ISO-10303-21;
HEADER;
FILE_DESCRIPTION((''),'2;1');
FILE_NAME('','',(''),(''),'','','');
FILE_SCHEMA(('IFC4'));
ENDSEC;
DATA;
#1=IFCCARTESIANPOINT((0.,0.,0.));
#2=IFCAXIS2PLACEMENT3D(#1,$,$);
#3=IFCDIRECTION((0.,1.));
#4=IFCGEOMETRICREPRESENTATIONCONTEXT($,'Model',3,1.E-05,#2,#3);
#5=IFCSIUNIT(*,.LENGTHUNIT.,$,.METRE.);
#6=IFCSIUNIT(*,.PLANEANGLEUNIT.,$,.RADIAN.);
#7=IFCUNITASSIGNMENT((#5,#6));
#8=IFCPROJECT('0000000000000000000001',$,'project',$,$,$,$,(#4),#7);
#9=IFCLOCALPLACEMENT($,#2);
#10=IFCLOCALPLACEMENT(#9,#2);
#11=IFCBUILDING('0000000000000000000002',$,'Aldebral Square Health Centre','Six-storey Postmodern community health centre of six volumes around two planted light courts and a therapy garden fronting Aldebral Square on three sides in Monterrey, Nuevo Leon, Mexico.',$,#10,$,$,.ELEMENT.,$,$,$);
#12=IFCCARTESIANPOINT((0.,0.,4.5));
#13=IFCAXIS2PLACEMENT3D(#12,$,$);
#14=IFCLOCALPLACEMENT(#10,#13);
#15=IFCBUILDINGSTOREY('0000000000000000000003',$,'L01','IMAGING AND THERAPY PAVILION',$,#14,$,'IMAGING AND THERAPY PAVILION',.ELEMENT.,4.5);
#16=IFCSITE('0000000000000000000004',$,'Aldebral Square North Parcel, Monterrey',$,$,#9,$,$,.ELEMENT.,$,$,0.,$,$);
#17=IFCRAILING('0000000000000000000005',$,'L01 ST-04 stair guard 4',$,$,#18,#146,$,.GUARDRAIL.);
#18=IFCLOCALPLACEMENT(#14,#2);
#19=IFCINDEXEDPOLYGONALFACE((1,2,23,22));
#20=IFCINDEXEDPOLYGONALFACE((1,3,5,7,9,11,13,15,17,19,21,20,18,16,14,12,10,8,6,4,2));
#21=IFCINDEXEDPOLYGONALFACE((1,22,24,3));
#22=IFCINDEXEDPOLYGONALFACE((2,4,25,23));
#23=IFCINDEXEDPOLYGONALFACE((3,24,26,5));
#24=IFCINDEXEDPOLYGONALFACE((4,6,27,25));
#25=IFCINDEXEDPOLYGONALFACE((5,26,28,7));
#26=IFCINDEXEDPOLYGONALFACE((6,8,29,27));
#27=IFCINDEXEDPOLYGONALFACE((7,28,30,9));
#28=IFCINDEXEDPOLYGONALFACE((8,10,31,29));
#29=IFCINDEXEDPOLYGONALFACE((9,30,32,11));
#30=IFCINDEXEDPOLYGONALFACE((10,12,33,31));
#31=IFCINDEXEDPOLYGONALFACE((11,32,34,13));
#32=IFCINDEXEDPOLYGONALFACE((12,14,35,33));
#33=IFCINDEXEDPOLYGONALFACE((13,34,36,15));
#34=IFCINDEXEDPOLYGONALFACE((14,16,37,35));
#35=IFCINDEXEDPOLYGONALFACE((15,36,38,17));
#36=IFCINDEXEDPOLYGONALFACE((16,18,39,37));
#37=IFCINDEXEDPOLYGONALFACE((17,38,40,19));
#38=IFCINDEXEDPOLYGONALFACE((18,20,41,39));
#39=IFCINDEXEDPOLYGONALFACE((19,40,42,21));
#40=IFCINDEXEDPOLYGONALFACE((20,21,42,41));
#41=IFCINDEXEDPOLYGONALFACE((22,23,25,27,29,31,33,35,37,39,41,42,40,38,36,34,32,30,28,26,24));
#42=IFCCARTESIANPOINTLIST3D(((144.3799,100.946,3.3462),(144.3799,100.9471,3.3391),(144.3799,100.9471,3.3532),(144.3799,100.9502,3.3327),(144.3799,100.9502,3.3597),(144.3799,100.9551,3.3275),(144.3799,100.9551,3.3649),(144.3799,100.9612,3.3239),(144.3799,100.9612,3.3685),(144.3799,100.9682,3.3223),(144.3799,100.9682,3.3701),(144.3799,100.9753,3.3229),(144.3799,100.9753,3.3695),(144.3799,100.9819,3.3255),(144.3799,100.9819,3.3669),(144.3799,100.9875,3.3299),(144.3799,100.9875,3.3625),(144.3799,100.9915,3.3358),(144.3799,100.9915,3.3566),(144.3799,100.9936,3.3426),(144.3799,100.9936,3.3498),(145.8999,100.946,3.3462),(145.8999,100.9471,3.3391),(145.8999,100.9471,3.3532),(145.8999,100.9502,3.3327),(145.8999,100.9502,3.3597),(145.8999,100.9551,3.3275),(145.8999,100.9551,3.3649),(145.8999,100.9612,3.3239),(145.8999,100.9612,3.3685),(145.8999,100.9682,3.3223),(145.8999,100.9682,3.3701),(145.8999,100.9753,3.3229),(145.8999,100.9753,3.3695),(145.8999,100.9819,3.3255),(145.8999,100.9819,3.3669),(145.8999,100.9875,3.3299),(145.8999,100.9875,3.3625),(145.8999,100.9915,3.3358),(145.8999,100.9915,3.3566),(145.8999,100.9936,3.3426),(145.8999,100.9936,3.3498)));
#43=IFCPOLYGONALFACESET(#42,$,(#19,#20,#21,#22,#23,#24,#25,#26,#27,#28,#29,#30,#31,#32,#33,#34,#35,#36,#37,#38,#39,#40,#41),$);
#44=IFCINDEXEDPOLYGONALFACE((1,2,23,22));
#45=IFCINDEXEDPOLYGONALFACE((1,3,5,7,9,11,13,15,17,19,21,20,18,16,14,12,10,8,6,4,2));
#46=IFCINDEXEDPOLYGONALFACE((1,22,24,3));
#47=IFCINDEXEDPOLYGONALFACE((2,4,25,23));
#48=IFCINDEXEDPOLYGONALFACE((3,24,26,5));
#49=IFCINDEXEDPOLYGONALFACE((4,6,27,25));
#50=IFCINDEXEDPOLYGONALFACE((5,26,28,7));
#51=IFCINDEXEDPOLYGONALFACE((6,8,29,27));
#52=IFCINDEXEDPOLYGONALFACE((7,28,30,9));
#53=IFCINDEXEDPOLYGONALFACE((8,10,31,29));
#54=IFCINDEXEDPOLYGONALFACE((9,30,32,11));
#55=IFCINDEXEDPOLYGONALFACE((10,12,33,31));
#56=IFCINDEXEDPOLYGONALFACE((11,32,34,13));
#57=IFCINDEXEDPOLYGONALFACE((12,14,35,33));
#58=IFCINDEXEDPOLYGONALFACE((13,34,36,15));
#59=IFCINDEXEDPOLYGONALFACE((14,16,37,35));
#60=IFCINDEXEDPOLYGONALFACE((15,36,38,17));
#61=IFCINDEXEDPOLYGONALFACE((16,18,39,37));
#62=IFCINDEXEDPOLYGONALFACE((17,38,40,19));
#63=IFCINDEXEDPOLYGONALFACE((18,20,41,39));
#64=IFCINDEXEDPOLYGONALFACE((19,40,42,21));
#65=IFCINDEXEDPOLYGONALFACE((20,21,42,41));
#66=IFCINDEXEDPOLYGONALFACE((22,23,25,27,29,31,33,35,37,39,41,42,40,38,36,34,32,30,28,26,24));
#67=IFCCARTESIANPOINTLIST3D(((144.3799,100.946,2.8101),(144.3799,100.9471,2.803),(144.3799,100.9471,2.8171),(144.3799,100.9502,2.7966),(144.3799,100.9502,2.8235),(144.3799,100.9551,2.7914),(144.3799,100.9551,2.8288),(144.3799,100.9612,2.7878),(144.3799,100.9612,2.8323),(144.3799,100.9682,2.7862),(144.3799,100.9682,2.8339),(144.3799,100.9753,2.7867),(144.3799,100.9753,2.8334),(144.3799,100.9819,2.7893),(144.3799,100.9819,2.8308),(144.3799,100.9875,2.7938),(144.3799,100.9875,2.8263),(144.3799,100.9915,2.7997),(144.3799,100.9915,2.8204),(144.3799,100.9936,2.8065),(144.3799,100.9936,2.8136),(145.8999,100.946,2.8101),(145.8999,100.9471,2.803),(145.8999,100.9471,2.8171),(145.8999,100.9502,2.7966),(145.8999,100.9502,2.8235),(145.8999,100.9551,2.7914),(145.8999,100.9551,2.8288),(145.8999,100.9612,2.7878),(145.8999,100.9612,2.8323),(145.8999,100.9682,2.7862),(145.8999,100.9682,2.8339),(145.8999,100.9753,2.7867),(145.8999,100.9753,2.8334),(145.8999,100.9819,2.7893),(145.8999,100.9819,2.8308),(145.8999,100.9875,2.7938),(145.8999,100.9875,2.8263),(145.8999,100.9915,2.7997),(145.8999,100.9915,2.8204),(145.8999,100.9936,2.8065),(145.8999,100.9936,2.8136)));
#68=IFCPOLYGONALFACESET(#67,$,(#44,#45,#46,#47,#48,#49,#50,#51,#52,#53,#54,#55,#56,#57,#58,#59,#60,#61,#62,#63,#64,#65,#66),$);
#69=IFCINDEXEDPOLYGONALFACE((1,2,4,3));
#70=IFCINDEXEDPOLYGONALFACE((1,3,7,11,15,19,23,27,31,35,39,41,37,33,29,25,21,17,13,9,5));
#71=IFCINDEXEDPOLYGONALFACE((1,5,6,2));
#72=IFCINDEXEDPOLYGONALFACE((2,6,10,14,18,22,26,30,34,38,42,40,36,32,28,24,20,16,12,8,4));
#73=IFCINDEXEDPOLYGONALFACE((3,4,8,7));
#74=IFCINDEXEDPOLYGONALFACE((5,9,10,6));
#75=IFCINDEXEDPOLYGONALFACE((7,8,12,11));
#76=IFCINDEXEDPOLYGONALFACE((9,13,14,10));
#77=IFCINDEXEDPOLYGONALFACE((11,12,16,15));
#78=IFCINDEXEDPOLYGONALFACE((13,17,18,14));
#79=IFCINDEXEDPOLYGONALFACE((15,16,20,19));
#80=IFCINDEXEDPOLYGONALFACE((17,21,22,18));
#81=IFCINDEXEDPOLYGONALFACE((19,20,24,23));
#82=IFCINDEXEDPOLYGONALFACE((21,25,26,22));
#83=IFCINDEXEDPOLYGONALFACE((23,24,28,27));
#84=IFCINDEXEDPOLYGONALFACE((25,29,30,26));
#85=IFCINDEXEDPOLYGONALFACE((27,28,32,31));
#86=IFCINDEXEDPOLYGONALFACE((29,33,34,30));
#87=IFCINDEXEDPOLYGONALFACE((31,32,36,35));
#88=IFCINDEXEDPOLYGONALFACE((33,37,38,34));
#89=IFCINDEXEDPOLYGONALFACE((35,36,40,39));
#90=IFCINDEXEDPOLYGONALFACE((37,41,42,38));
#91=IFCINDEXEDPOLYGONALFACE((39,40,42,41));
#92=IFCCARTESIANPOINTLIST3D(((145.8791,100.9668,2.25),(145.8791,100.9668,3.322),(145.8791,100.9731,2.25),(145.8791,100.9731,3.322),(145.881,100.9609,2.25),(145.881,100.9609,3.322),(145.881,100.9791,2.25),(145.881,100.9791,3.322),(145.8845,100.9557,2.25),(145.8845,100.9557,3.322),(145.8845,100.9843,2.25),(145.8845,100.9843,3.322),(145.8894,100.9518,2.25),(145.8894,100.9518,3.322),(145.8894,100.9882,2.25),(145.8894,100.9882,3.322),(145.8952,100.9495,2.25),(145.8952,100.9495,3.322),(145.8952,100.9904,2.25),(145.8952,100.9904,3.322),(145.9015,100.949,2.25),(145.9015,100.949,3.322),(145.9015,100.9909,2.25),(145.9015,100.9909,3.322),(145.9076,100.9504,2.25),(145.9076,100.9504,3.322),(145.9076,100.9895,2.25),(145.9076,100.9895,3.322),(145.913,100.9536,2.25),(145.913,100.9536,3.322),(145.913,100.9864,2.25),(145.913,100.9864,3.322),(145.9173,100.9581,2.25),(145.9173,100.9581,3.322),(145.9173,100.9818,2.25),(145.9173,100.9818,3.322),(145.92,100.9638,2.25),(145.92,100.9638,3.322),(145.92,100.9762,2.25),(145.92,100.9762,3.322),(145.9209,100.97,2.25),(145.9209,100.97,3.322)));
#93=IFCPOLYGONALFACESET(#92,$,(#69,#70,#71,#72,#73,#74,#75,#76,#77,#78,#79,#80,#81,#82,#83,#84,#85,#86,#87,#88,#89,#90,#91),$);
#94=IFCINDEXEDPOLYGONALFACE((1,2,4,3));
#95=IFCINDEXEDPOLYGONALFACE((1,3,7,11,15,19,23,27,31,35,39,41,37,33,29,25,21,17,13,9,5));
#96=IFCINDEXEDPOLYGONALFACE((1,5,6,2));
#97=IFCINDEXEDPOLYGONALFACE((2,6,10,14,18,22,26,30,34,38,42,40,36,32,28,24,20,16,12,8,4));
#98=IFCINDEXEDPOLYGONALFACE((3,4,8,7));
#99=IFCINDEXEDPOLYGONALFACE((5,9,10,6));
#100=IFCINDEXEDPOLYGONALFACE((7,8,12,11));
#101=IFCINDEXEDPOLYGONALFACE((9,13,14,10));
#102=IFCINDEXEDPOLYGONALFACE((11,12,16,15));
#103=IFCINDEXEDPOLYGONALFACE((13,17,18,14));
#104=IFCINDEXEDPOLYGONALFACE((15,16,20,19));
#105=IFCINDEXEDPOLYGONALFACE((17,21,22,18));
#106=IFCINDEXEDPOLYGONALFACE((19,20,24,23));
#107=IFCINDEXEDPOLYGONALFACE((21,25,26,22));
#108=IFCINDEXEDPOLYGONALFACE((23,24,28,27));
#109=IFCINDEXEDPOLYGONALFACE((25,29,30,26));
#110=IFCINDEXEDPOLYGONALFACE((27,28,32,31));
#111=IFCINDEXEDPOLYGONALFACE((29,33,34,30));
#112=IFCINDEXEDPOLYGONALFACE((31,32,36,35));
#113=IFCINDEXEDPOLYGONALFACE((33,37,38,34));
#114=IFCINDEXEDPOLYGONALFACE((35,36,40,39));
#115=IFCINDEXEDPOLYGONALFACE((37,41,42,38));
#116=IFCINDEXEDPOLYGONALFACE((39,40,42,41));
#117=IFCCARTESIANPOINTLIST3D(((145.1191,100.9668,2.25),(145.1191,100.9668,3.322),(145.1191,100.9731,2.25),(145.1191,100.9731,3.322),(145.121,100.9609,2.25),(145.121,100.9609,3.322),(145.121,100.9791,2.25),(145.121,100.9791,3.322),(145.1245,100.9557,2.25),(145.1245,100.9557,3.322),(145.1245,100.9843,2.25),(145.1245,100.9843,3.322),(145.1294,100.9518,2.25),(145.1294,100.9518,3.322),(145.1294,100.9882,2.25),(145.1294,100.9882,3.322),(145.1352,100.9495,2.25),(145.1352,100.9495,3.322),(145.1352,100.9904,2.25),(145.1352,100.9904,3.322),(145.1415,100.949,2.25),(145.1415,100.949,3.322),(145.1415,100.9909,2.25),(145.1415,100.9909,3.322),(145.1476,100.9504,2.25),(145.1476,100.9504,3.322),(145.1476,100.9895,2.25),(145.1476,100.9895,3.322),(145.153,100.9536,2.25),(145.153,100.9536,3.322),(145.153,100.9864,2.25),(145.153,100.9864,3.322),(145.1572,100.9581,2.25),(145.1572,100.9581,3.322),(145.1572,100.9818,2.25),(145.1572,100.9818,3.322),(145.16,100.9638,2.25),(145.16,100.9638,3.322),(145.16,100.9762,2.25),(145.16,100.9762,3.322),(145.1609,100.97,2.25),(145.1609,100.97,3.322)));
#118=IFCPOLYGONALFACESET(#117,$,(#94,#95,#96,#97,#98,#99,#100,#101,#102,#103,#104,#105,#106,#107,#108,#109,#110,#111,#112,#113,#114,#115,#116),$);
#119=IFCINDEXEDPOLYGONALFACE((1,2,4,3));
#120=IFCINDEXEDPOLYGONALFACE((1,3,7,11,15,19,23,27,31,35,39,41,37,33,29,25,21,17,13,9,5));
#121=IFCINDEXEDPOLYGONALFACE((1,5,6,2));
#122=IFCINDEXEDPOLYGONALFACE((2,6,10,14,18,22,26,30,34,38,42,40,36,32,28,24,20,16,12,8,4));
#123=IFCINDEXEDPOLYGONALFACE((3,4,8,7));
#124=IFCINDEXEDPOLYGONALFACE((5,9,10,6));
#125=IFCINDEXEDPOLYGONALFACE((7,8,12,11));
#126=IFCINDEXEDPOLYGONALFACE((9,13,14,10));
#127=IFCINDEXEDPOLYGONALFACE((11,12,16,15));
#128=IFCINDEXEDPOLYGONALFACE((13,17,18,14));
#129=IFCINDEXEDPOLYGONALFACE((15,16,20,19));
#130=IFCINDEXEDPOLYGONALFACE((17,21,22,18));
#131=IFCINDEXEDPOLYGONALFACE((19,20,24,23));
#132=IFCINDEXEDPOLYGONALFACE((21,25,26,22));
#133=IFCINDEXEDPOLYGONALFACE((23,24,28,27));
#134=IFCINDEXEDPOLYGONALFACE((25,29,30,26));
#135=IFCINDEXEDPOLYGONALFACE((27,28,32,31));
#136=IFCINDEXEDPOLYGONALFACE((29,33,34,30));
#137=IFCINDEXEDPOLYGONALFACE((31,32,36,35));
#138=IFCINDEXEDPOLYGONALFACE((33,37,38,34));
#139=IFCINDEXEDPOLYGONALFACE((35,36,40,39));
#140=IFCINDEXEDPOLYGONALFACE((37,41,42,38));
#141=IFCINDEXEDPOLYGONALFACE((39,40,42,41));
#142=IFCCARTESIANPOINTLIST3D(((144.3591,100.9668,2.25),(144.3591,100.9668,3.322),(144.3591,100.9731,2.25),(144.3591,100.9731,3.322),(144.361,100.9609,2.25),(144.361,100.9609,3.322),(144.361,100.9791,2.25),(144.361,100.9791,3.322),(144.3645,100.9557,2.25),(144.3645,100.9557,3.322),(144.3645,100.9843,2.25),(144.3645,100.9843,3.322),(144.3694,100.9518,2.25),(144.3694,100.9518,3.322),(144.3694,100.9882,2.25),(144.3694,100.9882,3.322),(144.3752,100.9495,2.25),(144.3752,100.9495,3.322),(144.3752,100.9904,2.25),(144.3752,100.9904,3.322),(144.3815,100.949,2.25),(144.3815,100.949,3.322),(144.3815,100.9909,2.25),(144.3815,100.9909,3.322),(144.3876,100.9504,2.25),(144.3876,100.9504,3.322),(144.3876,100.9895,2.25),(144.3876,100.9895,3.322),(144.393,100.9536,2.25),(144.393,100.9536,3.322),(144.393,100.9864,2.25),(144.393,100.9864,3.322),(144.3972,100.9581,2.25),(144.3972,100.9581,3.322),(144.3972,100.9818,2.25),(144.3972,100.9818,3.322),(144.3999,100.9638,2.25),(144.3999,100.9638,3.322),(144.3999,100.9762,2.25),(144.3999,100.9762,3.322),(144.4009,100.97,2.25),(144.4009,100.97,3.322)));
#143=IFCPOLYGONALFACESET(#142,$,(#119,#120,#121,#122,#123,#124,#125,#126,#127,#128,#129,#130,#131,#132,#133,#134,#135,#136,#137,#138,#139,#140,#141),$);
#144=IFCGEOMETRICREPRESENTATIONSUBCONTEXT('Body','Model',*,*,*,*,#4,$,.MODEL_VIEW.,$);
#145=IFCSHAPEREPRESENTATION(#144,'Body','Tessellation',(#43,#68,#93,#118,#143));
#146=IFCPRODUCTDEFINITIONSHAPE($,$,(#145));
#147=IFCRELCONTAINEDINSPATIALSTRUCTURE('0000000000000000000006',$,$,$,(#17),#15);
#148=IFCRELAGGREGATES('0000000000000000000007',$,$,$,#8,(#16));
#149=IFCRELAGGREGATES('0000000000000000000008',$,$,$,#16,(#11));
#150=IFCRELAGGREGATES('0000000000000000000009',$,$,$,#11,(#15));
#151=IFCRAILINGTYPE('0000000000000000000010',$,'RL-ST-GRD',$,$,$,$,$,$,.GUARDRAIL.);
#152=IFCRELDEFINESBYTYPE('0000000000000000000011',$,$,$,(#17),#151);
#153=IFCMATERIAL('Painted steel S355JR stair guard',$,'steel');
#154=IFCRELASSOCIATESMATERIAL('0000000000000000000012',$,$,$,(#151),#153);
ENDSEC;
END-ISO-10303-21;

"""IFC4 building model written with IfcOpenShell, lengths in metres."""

from ifc_helpers import new_model, si_unit, direction, frame, origin, origin_2d, place, context, subcontext, project, spatial, circle, extrude, material, type_object, element, save


model = new_model("IFC4")

# Units and contexts
model_context = context("Model", 3, precision=1e-05, world=origin(), true_north=direction((0.0, 1.0)))
body_context = subcontext(model_context, "Body", "Model", "MODEL_VIEW")
ifc_project = project(units=[si_unit("LENGTHUNIT", "METRE"), si_unit("PLANEANGLEUNIT", "RADIAN")], contexts=[model_context])

# Site, building, storey
site_placement = place(None, origin())
site = spatial("IfcSite", under=ifc_project, at=site_placement, Name="Aldebral Square North Parcel, Monterrey", CompositionType="ELEMENT", RefElevation=0.0)
building_placement = place(site_placement, origin())
building = spatial("IfcBuilding", under=site, at=building_placement, Name="Aldebral Square Health Centre", Description="Six-storey Postmodern community health centre of six volumes around two planted light courts and a therapy garden fronting Aldebral Square on three sides in Monterrey, Nuevo Leon, Mexico.", CompositionType="ELEMENT")
storey_placement = place(building_placement, frame((0.0, 0.0, 4.5)))
storey = spatial("IfcBuildingStorey", under=building, at=storey_placement, Name="L01", Description="IMAGING AND THERAPY PAVILION", LongName="IMAGING AND THERAPY PAVILION", CompositionType="ELEMENT", Elevation=4.5)

# Railing
ifc_material_1 = material(Name="Painted steel S355JR stair guard", Category="steel")
railing_type_1 = type_object("IfcRailingType", Name="RL-ST-GRD", PredefinedType="GUARDRAIL", material=ifc_material_1)
railing_1_placement = place(storey_placement, frame((145.8999, 100.97, 2.25)))
element("IfcRailing", 1, at=railing_1_placement, inside=storey, type_object=railing_type_1, Name="L01 ST-04 stair guard 4", PredefinedType="GUARDRAIL", context=body_context, shape_type="SweptSolid", body=[
    extrude(circle(Radius=0.0239, at=origin_2d()), frame((0.0, 0.0, 1.0962), z_axis=(-1.0, 0.0, 0.0), x_axis=(0.0, -1.0, 0.0)), (0.0, 0.0, 1.0), 1.52),
    extrude(circle(Radius=0.0239, at=origin_2d()), frame((0.0, 0.0, 0.5601), z_axis=(-1.0, 0.0, 0.0), x_axis=(0.0, -1.0, 0.0)), (0.0, 0.0, 1.0), 1.52),
    extrude(circle(Radius=0.021, at=origin_2d()), origin(), (0.0, 0.0, 1.0), 1.072),
    extrude(circle(Radius=0.021, at=origin_2d()), frame((-0.76, 0.0, 0.0)), (0.0, 0.0, 1.0), 1.072),
    extrude(circle(Radius=0.021, at=origin_2d()), frame((-1.52, 0.0, 0.0)), (0.0, 0.0, 1.0), 1.072),
])

save(model, "model.ifc")
